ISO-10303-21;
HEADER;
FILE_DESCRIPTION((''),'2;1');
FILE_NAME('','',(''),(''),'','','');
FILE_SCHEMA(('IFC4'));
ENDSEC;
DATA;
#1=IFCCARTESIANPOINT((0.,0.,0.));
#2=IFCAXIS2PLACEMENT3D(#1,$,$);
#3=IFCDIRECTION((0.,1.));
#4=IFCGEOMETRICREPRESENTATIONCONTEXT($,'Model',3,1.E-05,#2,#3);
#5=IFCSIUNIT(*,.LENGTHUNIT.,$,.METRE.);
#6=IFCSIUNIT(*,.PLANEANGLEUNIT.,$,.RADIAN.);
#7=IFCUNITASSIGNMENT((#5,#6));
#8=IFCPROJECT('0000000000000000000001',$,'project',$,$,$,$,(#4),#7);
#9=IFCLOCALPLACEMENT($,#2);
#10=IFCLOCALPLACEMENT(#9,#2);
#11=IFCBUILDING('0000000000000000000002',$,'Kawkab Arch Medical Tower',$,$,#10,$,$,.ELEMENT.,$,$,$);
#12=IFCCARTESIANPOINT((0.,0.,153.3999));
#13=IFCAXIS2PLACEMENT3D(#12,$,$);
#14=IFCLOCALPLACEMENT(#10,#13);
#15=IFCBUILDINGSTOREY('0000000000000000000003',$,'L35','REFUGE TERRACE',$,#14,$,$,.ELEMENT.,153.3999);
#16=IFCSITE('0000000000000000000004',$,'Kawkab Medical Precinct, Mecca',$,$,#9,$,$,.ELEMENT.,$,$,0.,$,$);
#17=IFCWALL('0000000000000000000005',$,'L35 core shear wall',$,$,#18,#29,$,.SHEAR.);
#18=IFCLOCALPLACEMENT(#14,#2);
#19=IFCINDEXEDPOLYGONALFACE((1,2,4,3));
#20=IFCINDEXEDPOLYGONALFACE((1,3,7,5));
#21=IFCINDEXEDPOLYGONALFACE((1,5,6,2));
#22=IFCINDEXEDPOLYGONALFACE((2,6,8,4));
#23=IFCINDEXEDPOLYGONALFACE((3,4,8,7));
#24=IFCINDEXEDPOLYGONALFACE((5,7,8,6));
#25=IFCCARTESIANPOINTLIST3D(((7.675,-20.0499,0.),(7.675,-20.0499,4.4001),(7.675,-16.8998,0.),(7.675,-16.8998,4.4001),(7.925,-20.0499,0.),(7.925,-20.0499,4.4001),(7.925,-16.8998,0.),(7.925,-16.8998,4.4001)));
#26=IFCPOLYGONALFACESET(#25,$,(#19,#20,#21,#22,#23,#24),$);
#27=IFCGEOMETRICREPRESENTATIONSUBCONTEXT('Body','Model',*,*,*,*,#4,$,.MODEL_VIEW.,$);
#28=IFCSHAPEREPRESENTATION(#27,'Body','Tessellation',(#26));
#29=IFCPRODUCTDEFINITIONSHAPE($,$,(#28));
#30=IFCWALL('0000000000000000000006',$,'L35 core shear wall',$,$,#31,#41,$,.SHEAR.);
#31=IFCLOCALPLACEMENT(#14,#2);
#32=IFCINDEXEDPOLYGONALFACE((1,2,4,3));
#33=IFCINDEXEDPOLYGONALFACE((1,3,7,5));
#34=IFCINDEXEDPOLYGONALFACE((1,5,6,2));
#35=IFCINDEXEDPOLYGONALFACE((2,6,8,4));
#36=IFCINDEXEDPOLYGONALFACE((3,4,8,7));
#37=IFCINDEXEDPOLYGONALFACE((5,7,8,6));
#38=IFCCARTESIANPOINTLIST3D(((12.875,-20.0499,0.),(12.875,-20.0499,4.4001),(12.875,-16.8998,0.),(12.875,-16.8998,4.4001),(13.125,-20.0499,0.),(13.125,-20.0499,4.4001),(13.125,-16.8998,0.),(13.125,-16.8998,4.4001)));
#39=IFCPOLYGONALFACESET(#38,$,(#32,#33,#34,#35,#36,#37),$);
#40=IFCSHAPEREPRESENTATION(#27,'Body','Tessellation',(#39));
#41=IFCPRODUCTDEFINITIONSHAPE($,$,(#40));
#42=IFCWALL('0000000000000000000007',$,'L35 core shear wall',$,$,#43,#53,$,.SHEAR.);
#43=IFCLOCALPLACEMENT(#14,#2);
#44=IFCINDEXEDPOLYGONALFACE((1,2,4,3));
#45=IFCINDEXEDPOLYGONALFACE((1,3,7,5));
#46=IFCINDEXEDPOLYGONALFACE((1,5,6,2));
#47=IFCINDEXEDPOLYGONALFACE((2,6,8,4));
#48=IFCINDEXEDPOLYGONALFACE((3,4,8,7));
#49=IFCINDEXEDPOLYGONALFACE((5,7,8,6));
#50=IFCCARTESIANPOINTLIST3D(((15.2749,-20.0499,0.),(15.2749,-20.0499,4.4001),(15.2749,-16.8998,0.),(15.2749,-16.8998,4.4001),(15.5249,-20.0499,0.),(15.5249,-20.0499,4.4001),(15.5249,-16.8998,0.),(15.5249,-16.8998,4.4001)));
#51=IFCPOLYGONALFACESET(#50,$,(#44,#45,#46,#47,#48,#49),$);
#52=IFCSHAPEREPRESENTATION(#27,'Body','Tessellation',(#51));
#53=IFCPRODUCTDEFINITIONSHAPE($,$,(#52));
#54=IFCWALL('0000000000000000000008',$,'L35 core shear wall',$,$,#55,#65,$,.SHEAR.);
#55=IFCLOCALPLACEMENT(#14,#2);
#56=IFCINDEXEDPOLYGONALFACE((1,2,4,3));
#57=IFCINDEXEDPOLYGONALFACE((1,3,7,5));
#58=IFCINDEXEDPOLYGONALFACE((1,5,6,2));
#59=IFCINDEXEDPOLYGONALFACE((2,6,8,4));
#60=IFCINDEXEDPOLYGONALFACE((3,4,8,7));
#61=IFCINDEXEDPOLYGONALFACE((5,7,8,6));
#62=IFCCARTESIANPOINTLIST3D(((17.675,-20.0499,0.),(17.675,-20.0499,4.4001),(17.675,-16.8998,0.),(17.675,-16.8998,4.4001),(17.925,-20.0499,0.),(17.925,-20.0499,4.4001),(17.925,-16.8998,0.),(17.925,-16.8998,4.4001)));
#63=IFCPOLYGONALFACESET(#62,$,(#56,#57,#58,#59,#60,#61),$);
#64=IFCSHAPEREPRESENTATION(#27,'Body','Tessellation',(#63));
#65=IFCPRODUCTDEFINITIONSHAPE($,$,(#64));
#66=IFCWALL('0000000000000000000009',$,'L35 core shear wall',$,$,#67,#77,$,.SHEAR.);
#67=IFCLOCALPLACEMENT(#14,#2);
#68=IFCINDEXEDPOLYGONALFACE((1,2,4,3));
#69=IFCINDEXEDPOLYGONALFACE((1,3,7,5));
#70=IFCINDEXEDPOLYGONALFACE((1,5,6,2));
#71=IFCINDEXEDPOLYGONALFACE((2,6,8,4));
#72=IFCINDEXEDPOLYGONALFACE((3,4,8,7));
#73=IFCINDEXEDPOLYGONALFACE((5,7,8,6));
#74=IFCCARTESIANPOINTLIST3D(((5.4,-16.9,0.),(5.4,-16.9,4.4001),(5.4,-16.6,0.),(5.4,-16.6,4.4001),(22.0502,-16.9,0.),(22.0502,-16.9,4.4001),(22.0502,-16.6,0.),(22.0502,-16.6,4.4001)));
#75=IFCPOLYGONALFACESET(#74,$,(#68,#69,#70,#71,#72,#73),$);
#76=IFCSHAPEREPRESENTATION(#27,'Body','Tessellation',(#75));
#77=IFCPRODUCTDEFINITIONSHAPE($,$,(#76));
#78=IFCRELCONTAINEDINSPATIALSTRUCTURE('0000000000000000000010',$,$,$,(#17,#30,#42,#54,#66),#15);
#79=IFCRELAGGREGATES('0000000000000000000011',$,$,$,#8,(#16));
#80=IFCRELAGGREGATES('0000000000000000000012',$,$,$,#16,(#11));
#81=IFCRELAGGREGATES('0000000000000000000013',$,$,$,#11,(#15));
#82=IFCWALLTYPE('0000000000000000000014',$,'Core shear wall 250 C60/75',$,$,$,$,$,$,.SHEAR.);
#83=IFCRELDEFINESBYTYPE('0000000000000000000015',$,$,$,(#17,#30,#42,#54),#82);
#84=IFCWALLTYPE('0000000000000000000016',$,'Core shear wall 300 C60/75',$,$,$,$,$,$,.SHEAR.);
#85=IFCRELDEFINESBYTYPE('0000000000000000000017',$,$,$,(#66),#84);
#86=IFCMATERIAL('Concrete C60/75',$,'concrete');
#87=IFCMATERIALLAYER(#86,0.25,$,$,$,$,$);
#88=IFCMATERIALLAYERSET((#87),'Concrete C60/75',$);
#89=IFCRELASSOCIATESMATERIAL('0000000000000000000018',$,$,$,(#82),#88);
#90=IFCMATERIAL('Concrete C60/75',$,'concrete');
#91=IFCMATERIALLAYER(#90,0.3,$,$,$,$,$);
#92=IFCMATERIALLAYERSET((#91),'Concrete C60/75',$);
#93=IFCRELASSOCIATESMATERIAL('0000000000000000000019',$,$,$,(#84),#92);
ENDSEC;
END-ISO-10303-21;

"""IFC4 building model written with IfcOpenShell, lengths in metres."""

from ifc_helpers import new_model, si_unit, direction, frame, frame_2d, origin, place, context, subcontext, project, spatial, rectangle, extrude, material, layer, layer_set, type_object, element, save


model = new_model("IFC4")

# Units and contexts
model_context = context("Model", 3, precision=1e-05, world=origin(), true_north=direction((0.0, 1.0)))
body_context = subcontext(model_context, "Body", "Model", "MODEL_VIEW")
ifc_project = project(units=[si_unit("LENGTHUNIT", "METRE"), si_unit("PLANEANGLEUNIT", "RADIAN")], contexts=[model_context])

# Site, building, storey
site_placement = place(None, origin())
site = spatial("IfcSite", under=ifc_project, at=site_placement, Name="Kawkab Medical Precinct, Mecca", CompositionType="ELEMENT", RefElevation=0.0)
building_placement = place(site_placement, origin())
building = spatial("IfcBuilding", under=site, at=building_placement, Name="Kawkab Arch Medical Tower", CompositionType="ELEMENT")
storey_placement = place(building_placement, frame((0.0, 0.0, 153.3999)))
storey = spatial("IfcBuildingStorey", under=building, at=storey_placement, Name="L35", Description="REFUGE TERRACE", CompositionType="ELEMENT", Elevation=153.3999)

# Walls
ifc_material_1 = material(Name="Concrete C60/75", Category="concrete")
ifc_layer_1 = layer(ifc_material_1, 0.25)
ifc_layer_set_1 = layer_set([ifc_layer_1], Name="Concrete C60/75")
wall_type_1 = type_object("IfcWallType", Name="Core shear wall 250 C60/75", PredefinedType="SHEAR", material=ifc_layer_set_1)
for number, where, z_axis, x_axis, name in (
    (1, (7.8, -20.05, 0.0), (0.0, 0.0, 1.0), (0.0, 1.0, 0.0), "L35 core shear wall"),
    (2, (13.0, -20.05, 0.0), (0.0, 0.0, 1.0), (0.0, 1.0, 0.0), "L35 core shear wall"),
    (3, (15.3999, -20.05, 0.0), (0.0, 0.0, 1.0), (0.0, 1.0, 0.0), "L35 core shear wall"),
    (4, (17.8, -20.05, 0.0), (0.0, 0.0, 1.0), (0.0, 1.0, 0.0), "L35 core shear wall"),
):
    element("IfcWall", number, at=place(storey_placement, frame(where, z_axis=z_axis, x_axis=x_axis)), inside=storey, type_object=wall_type_1, Name=name, PredefinedType="SHEAR", context=body_context, shape_type="SweptSolid", body=[
        extrude(rectangle(XDim=3.1501, YDim=0.25, at=frame_2d((1.5752, 0.0))), origin(), (0.0, 0.0, 1.0), 4.4001),
    ])
ifc_material_2 = material(Name="Concrete C60/75", Category="concrete")
ifc_layer_2 = layer(ifc_material_2, 0.3)
ifc_layer_set_2 = layer_set([ifc_layer_2], Name="Concrete C60/75")
wall_type_2 = type_object("IfcWallType", Name="Core shear wall 300 C60/75", PredefinedType="SHEAR", material=ifc_layer_set_2)
wall_1_placement = place(storey_placement, frame((5.3999, -16.75, 0.0), z_axis=(0.0, 0.0, 1.0), x_axis=(1.0, 0.0, 0.0)))
element("IfcWall", 5, at=wall_1_placement, inside=storey, type_object=wall_type_2, Name="L35 core shear wall", PredefinedType="SHEAR", context=body_context, shape_type="SweptSolid", body=[
    extrude(rectangle(XDim=16.6501, YDim=0.3, at=frame_2d((8.3252, 0.0))), origin(), (0.0, 0.0, 1.0), 4.4001),
])

save(model, "model.ifc")
